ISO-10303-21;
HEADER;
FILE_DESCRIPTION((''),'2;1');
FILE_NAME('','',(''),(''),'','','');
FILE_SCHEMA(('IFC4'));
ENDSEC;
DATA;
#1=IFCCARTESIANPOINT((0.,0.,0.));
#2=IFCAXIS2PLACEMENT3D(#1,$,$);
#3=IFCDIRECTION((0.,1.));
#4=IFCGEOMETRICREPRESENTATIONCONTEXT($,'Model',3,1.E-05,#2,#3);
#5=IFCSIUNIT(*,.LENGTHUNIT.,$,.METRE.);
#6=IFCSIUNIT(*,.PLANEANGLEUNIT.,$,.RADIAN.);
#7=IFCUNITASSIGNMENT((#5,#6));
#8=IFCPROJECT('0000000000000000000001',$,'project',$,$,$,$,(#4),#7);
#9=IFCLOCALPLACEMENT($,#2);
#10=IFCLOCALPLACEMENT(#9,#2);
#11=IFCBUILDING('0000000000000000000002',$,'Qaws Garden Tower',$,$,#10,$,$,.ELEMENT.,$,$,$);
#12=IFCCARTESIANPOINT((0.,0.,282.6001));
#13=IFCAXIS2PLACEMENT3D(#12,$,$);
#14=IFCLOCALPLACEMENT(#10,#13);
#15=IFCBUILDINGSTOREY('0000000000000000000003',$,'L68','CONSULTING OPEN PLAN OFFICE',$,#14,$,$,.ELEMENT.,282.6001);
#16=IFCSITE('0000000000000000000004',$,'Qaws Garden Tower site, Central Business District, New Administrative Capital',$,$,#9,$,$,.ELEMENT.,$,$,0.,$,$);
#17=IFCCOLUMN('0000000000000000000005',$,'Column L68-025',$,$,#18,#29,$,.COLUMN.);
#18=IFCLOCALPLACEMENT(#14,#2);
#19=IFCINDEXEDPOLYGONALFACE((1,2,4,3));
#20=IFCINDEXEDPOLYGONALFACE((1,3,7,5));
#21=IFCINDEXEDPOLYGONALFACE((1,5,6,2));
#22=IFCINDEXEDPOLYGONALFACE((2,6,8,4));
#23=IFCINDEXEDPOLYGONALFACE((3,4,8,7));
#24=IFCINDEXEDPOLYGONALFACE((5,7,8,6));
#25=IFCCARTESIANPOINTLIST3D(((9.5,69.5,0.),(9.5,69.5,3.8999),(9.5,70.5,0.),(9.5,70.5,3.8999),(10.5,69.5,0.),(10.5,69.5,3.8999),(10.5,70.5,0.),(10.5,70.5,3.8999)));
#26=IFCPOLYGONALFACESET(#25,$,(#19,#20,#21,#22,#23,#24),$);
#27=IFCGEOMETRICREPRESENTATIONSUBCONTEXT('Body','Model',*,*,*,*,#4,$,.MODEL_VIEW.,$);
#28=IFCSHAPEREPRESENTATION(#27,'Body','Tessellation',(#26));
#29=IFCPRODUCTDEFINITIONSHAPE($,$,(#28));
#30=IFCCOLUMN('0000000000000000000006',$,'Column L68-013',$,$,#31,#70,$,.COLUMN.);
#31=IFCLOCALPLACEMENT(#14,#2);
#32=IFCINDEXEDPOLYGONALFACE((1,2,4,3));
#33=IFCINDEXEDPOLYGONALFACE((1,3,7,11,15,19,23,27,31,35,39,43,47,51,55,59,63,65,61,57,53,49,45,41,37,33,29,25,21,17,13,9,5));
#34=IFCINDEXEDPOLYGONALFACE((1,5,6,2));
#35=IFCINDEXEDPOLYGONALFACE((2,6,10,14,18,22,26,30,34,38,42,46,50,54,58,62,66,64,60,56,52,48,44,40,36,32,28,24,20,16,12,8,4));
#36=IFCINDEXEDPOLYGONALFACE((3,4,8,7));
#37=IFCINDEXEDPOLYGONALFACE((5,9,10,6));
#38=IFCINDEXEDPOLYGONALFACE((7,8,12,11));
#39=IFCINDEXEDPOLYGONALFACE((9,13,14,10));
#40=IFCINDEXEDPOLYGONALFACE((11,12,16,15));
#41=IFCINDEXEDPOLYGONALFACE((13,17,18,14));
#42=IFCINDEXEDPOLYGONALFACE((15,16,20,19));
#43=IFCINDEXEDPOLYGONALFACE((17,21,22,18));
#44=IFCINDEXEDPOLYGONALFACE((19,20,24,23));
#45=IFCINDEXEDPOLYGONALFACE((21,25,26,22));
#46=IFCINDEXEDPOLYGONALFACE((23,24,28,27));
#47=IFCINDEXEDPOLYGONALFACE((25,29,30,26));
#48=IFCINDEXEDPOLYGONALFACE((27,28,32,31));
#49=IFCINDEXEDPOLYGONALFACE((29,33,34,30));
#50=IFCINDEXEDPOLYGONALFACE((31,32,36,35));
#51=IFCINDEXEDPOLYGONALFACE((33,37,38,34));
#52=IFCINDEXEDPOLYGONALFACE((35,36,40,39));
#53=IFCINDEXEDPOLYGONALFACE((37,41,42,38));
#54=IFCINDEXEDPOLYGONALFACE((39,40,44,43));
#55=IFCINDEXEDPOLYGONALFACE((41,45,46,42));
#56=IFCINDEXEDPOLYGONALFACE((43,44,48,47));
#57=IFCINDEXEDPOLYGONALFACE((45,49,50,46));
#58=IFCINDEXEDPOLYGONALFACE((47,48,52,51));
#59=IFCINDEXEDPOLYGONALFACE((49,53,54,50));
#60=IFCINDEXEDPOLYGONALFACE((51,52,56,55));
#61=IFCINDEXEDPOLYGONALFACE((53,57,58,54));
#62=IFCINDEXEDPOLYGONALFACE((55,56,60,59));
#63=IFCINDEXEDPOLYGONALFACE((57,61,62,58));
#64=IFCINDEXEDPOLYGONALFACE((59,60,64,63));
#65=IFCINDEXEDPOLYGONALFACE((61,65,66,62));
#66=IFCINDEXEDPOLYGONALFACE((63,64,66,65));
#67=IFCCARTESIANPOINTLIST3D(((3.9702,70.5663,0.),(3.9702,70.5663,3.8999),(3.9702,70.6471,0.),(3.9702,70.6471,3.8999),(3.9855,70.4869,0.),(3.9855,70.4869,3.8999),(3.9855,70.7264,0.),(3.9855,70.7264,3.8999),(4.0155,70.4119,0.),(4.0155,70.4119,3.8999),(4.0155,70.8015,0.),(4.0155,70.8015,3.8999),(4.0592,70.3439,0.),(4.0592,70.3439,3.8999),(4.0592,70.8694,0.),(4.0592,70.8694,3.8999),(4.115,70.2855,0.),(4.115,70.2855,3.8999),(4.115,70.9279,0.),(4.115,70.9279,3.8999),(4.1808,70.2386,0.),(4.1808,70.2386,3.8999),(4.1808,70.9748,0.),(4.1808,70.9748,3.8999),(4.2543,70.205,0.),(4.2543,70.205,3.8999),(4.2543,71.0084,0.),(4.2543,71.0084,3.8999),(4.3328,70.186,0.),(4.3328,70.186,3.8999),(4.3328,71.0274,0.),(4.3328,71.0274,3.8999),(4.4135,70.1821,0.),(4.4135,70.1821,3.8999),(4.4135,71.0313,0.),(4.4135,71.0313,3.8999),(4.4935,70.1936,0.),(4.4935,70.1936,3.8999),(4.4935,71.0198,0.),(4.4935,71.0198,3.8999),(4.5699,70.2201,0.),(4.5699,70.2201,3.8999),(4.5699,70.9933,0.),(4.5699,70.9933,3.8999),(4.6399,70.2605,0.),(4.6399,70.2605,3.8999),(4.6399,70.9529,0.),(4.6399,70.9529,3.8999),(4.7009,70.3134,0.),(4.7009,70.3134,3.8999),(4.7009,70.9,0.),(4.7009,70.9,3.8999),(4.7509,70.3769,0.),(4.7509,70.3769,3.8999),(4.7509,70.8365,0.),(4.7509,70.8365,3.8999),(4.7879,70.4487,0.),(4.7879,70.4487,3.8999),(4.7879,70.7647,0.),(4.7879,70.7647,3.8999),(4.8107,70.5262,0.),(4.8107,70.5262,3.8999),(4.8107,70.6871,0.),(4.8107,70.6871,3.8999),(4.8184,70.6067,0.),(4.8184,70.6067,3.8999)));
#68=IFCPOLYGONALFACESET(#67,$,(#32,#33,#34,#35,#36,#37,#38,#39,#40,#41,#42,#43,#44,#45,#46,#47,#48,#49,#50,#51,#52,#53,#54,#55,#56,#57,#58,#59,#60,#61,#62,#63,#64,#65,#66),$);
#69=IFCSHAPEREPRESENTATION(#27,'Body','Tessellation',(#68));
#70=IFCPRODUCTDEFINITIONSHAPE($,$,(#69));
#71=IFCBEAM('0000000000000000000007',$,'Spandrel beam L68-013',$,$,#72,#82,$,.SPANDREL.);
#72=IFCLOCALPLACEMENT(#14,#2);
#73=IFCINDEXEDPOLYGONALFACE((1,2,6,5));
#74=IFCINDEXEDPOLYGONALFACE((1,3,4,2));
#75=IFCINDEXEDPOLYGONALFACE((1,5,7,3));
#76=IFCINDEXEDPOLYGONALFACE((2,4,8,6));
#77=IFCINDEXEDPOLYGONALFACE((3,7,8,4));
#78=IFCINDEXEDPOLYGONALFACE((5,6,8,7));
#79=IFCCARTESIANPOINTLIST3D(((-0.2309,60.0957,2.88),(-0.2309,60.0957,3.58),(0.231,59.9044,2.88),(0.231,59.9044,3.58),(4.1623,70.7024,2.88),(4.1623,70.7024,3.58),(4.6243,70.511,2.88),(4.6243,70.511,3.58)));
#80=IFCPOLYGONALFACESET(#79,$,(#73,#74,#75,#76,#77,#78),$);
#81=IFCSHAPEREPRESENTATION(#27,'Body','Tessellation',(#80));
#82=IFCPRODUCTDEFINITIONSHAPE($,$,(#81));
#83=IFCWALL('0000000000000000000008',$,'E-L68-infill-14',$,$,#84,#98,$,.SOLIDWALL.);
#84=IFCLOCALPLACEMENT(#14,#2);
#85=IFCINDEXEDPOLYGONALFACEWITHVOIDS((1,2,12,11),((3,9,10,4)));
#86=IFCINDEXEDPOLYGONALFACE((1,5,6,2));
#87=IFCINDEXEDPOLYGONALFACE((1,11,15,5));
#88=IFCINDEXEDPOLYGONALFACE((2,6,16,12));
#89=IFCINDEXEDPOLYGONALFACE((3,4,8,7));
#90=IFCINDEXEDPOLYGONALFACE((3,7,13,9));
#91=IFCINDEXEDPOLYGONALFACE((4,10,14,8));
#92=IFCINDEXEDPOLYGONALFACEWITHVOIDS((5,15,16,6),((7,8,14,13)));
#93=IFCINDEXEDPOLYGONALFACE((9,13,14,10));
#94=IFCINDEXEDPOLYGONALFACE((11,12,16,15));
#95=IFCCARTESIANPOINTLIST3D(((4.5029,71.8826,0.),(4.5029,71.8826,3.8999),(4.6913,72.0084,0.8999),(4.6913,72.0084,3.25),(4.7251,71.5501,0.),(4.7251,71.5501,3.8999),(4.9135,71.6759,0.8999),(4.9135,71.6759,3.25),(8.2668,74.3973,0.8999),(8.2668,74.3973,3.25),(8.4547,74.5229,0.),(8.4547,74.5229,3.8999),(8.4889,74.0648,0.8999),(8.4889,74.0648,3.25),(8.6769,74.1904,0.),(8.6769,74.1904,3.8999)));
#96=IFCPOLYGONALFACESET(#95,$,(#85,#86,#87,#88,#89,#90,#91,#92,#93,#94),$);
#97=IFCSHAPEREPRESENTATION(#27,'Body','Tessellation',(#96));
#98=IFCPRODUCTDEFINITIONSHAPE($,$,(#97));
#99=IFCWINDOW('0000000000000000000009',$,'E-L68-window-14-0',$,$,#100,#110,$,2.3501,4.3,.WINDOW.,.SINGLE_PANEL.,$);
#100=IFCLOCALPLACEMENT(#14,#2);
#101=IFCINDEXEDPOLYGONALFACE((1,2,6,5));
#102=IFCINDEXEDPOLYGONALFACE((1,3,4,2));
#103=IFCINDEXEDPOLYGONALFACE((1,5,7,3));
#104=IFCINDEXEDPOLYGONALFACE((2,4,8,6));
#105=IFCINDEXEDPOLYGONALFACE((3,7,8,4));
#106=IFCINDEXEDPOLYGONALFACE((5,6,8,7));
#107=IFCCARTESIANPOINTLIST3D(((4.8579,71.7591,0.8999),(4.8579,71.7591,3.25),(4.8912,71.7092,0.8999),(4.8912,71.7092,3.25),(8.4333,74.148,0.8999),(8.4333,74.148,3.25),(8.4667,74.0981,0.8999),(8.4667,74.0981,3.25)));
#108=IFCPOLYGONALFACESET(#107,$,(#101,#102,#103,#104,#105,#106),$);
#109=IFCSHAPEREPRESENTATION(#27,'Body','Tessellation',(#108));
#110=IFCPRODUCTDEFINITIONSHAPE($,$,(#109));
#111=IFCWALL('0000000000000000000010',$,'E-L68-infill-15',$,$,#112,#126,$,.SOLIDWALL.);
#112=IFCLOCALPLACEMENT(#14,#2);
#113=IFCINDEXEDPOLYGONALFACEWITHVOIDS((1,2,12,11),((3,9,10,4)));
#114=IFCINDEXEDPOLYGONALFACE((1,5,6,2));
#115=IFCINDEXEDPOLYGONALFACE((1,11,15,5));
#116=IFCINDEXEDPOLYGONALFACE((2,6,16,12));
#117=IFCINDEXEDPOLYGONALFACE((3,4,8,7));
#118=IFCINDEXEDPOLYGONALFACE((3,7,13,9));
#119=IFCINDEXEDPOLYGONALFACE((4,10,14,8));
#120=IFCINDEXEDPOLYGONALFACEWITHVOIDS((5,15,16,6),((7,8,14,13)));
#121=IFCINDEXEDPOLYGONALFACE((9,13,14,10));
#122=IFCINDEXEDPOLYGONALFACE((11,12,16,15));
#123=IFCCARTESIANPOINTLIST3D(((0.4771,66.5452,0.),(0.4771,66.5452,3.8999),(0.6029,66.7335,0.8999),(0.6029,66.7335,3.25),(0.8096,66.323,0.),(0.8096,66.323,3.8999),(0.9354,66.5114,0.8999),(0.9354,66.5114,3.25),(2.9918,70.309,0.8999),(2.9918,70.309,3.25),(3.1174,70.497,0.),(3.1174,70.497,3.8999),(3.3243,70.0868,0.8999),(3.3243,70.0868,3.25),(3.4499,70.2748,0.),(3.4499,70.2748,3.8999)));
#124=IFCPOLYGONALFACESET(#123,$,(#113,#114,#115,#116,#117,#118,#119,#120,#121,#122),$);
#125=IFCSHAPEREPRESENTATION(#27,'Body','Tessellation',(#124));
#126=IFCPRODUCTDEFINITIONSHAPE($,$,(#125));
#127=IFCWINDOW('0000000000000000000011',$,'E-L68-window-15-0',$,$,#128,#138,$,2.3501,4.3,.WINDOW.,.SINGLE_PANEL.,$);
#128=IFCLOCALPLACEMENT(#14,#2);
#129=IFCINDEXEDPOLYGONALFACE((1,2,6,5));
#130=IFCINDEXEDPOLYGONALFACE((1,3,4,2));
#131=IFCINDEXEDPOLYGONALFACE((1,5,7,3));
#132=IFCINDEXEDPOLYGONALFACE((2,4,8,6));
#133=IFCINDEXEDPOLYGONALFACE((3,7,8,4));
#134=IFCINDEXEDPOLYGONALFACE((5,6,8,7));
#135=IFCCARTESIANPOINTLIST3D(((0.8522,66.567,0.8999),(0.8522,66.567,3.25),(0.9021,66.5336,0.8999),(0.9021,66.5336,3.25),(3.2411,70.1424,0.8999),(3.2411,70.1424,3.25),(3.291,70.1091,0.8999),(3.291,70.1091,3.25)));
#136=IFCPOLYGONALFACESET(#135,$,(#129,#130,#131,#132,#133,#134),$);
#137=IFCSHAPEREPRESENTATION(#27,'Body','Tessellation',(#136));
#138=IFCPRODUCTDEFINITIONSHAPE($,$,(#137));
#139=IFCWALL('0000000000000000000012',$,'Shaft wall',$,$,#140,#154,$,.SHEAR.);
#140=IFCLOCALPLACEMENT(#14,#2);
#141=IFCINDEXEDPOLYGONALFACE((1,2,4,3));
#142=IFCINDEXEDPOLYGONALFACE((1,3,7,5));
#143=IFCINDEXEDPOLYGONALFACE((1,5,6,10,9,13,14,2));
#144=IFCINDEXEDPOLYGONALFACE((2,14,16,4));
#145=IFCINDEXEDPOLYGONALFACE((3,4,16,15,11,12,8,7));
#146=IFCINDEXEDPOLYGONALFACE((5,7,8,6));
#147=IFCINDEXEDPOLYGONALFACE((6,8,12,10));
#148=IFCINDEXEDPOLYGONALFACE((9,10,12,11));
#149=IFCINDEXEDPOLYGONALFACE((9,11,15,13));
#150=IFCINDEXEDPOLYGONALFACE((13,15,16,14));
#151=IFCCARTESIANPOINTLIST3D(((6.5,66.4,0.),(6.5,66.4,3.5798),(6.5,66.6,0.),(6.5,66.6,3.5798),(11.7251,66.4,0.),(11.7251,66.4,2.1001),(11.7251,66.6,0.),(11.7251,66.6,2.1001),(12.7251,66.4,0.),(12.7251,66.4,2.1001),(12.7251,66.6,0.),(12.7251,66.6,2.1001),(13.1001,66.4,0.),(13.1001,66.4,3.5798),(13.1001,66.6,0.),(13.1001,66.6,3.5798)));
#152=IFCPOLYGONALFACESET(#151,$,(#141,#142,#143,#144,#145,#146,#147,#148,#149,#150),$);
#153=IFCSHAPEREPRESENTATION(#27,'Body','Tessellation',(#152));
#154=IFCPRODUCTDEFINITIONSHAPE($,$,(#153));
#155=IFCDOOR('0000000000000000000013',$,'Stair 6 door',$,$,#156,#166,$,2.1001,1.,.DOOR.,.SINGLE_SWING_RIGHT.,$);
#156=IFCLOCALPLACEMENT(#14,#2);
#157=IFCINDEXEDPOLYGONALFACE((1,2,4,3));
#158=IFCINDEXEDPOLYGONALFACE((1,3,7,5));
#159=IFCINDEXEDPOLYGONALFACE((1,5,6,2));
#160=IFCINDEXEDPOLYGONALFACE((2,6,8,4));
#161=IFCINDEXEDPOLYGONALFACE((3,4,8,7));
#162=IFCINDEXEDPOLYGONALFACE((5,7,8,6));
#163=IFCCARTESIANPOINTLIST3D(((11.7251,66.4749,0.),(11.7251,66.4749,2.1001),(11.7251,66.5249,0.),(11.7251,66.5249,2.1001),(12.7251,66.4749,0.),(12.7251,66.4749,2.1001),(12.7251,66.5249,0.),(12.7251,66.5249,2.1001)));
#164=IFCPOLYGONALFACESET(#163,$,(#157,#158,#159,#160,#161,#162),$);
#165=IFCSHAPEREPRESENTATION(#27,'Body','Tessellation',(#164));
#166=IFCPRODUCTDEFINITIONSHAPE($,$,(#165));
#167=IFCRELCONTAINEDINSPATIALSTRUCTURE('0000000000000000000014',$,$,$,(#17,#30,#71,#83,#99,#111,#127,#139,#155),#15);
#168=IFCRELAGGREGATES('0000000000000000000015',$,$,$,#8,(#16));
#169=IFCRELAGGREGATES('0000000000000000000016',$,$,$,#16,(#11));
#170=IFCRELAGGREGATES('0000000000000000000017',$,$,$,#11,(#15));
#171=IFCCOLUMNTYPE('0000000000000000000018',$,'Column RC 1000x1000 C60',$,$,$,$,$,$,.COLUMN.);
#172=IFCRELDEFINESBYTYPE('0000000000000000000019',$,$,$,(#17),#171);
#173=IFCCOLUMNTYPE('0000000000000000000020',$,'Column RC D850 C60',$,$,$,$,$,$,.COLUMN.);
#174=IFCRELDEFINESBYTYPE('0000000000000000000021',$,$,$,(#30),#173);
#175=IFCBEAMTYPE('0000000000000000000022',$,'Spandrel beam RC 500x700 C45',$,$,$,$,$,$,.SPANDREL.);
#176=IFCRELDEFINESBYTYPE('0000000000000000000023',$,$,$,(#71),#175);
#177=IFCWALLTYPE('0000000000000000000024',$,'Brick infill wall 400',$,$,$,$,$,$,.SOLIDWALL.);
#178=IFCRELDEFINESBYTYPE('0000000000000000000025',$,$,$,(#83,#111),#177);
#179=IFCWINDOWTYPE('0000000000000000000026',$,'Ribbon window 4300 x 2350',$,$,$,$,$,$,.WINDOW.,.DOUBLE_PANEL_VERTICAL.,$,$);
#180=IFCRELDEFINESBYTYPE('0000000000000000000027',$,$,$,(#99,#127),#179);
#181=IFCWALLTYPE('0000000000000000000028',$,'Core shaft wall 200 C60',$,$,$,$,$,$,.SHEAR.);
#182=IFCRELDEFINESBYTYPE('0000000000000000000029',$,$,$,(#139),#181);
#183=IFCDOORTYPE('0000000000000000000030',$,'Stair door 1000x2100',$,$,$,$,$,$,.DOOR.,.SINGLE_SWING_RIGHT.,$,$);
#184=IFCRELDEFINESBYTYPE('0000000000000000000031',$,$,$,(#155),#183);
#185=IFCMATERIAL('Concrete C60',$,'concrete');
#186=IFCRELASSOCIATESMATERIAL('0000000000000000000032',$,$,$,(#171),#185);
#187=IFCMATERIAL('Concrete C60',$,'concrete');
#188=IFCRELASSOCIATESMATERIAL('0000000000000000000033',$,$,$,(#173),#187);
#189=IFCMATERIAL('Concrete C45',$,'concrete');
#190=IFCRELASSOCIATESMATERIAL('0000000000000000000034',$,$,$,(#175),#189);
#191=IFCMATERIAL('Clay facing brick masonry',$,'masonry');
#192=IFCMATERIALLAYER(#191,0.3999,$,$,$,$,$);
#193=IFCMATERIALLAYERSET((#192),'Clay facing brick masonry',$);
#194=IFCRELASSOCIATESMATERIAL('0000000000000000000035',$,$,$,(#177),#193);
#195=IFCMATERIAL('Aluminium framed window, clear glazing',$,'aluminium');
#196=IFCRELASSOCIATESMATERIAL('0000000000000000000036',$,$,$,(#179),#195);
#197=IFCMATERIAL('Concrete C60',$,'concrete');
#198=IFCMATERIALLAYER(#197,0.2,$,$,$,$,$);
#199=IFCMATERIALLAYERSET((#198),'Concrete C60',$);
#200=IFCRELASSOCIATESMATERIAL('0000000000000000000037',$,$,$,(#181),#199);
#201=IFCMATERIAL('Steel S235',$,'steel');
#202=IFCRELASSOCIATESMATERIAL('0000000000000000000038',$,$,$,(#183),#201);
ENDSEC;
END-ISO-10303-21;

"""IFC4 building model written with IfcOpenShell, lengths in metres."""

from ifc_helpers import new_model, si_unit, direction, frame, frame_2d, origin, origin_2d, place, context, subcontext, project, spatial, rectangle, circle, extrude, material, layer, layer_set, material_profile, profile_set, type_object, element, fill, save


model = new_model("IFC4")

# Units and contexts
model_context = context("Model", 3, precision=1e-05, world=origin(), true_north=direction((0.0, 1.0)))
body_context = subcontext(model_context, "Body", "Model", "MODEL_VIEW")
ifc_project = project(units=[si_unit("LENGTHUNIT", "METRE"), si_unit("PLANEANGLEUNIT", "RADIAN")], contexts=[model_context])

# Site, building, storey
site_placement = place(None, origin())
site = spatial("IfcSite", under=ifc_project, at=site_placement, Name="Qaws Garden Tower site, Central Business District, New Administrative Capital", CompositionType="ELEMENT", RefElevation=0.0)
building_placement = place(site_placement, origin())
building = spatial("IfcBuilding", under=site, at=building_placement, Name="Qaws Garden Tower", CompositionType="ELEMENT")
storey_placement = place(building_placement, frame((0.0, 0.0, 282.6001)))
storey = spatial("IfcBuildingStorey", under=building, at=storey_placement, Name="L68", Description="CONSULTING OPEN PLAN OFFICE", CompositionType="ELEMENT", Elevation=282.6001)

# Columns
ifc_material_1 = material(Name="Concrete C60", Category="concrete")
ifc_material_profile_1 = material_profile(ifc_material_1, rectangle(XDim=1.0, YDim=1.0, at=origin_2d()), Name="RC 1000x1000")
ifc_profile_set_1 = profile_set([ifc_material_profile_1], Name="Concrete C60")
column_type_1 = type_object("IfcColumnType", Name="Column RC 1000x1000 C60", PredefinedType="COLUMN", material=ifc_profile_set_1)
column_1_placement = place(storey_placement, frame((10.0, 70.0, 0.0), z_axis=(0.0, 0.0, 1.0), x_axis=(1.0, 0.0, 0.0)))
element("IfcColumn", 1, at=column_1_placement, inside=storey, type_object=column_type_1, Name="Column L68-025", PredefinedType="COLUMN", context=body_context, shape_type="SweptSolid", body=[
    extrude(rectangle(XDim=1.0, YDim=1.0, at=origin_2d()), origin(), (0.0, 0.0, 1.0), 3.8999),
])
ifc_material_2 = material(Name="Concrete C60", Category="concrete")
ifc_material_profile_2 = material_profile(ifc_material_2, circle(Radius=0.425, at=origin_2d()), Name="RC D850")
ifc_profile_set_2 = profile_set([ifc_material_profile_2], Name="Concrete C60")
column_type_2 = type_object("IfcColumnType", Name="Column RC D850 C60", PredefinedType="COLUMN", material=ifc_profile_set_2)
column_2_placement = place(storey_placement, frame((4.3933, 70.6067, 0.0), z_axis=(0.0, 0.0, 1.0), x_axis=(1.0, 0.0, 0.0)))
element("IfcColumn", 2, at=column_2_placement, inside=storey, type_object=column_type_2, Name="Column L68-013", PredefinedType="COLUMN", context=body_context, shape_type="SweptSolid", body=[
    extrude(circle(Radius=0.425, at=origin_2d()), origin(), (0.0, 0.0, 1.0), 3.8999),
])

# Beam
ifc_material_3 = material(Name="Concrete C45", Category="concrete")
ifc_material_profile_3 = material_profile(ifc_material_3, rectangle(XDim=0.5, YDim=0.7, at=origin_2d()), Name="RC 500x700")
ifc_profile_set_3 = profile_set([ifc_material_profile_3], Name="Concrete C45")
beam_type = type_object("IfcBeamType", Name="Spandrel beam RC 500x700 C45", PredefinedType="SPANDREL", material=ifc_profile_set_3)
beam_placement = place(storey_placement, frame((4.3933, 70.6067, 3.23), z_axis=(-0.382674, -0.923883, 0.0), x_axis=(0.923883, -0.382674, 0.0)))
element("IfcBeam", 3, at=beam_placement, inside=storey, type_object=beam_type, Name="Spandrel beam L68-013", PredefinedType="SPANDREL", context=body_context, shape_type="SweptSolid", body=[
    extrude(rectangle(XDim=0.5, YDim=0.7, at=origin_2d()), origin(), (0.0, 0.0, 1.0), 11.4805),
])

# Walls, openings, windows
ifc_material_4 = material(Name="Clay facing brick masonry", Category="masonry")
ifc_layer_1 = layer(ifc_material_4, 0.3999)
ifc_layer_set_1 = layer_set([ifc_layer_1], Name="Clay facing brick masonry")
wall_type_1 = type_object("IfcWallType", Name="Brick infill wall 400", PredefinedType="SOLIDWALL", material=ifc_layer_set_1)
wall_1_placement = place(storey_placement, frame((8.5659, 74.3567, 0.0), z_axis=(0.0, 0.0, 1.0), x_axis=(-0.831489, -0.555542, 0.0)))
wall_1 = element("IfcWall", 4, at=wall_1_placement, inside=storey, type_object=wall_type_1, Name="E-L68-infill-14", PredefinedType="SOLIDWALL", context=body_context, shape_type="SweptSolid", body=[
    extrude(rectangle(XDim=4.7527, YDim=0.3999, at=frame_2d((2.3765, 0.0))), origin(), (0.0, 0.0, 1.0), 3.8999),
])
opening_1_placement = place(wall_1_placement, frame((0.2263, 0.0, 0.8999)))
opening_1 = element("IfcOpeningElement", 5, at=opening_1_placement, cuts=wall_1, PredefinedType="OPENING", context=body_context, shape_type="SweptSolid", body=[
    extrude(rectangle(XDim=4.3, YDim=2.3501, at=frame_2d((2.1499, 1.175))), frame((0.0, 0.21, 0.0), z_axis=(0.0, -1.0, 0.0), x_axis=(1.0, 0.0, 0.0)), (0.0, 0.0, 1.0), 0.4199),
])
ifc_material_5 = material(Name="Aluminium framed window, clear glazing", Category="aluminium")
window_type = type_object("IfcWindowType", Name="Ribbon window 4300 x 2350", PartitioningType="DOUBLE_PANEL_VERTICAL", PredefinedType="WINDOW", material=ifc_material_5)
window_1_placement = place(opening_1_placement, origin())
window_1 = element("IfcWindow", 6, at=window_1_placement, inside=storey, type_object=window_type, Name="E-L68-window-14-0", OverallHeight=2.3501, OverallWidth=4.3, PartitioningType="SINGLE_PANEL", PredefinedType="WINDOW", context=body_context, shape_type="SweptSolid", body=[
    extrude(rectangle(XDim=4.3, YDim=2.3501, at=frame_2d((2.1499, 1.175))), frame((0.0, 0.1599, 0.0), z_axis=(0.0, -1.0, 0.0), x_axis=(1.0, 0.0, 0.0)), (0.0, 0.0, 1.0), 0.0601),
])
fill(opening_1, window_1)
wall_2_placement = place(storey_placement, frame((3.2837, 70.386, 0.0), z_axis=(0.0, 0.0, 1.0), x_axis=(-0.555542, -0.831489, 0.0)))
wall_2 = element("IfcWall", 7, at=wall_2_placement, inside=storey, type_object=wall_type_1, Name="E-L68-infill-15", PredefinedType="SOLIDWALL", context=body_context, shape_type="SweptSolid", body=[
    extrude(rectangle(XDim=4.7527, YDim=0.3999, at=frame_2d((2.3765, 0.0))), origin(), (0.0, 0.0, 1.0), 3.8999),
])
opening_2_placement = place(wall_2_placement, frame((0.2263, 0.0, 0.8999)))
opening_2 = element("IfcOpeningElement", 8, at=opening_2_placement, cuts=wall_2, PredefinedType="OPENING", context=body_context, shape_type="SweptSolid", body=[
    extrude(rectangle(XDim=4.3, YDim=2.3501, at=frame_2d((2.1499, 1.175))), frame((0.0, 0.21, 0.0), z_axis=(0.0, -1.0, 0.0), x_axis=(1.0, 0.0, 0.0)), (0.0, 0.0, 1.0), 0.4199),
])
window_2_placement = place(opening_2_placement, origin())
window_2 = element("IfcWindow", 9, at=window_2_placement, inside=storey, type_object=window_type, Name="E-L68-window-15-0", OverallHeight=2.3501, OverallWidth=4.3, PartitioningType="SINGLE_PANEL", PredefinedType="WINDOW", context=body_context, shape_type="SweptSolid", body=[
    extrude(rectangle(XDim=4.3, YDim=2.3501, at=frame_2d((2.1499, 1.175))), frame((0.0, 0.1599, 0.0), z_axis=(0.0, -1.0, 0.0), x_axis=(1.0, 0.0, 0.0)), (0.0, 0.0, 1.0), 0.0601),
])
fill(opening_2, window_2)

# Wall, opening, door
ifc_material_6 = material(Name="Concrete C60", Category="concrete")
ifc_layer_2 = layer(ifc_material_6, 0.2)
ifc_layer_set_2 = layer_set([ifc_layer_2], Name="Concrete C60")
wall_type_2 = type_object("IfcWallType", Name="Core shaft wall 200 C60", PredefinedType="SHEAR", material=ifc_layer_set_2)
wall_3_placement = place(storey_placement, frame((6.5, 66.5, 0.0), z_axis=(0.0, 0.0, 1.0), x_axis=(1.0, 0.0, 0.0)))
wall_3 = element("IfcWall", 10, at=wall_3_placement, inside=storey, type_object=wall_type_2, Name="Shaft wall", PredefinedType="SHEAR", context=body_context, shape_type="SweptSolid", body=[
    extrude(rectangle(XDim=6.6001, YDim=0.2, at=frame_2d((3.3, 0.0))), origin(), (0.0, 0.0, 1.0), 3.5798),
])
opening_3_placement = place(wall_3_placement, frame((5.2251, 0.0, 0.0)))
opening_3 = element("IfcOpeningElement", 11, at=opening_3_placement, cuts=wall_3, PredefinedType="OPENING", context=body_context, shape_type="SweptSolid", body=[
    extrude(rectangle(XDim=1.0, YDim=2.1001, at=frame_2d((0.5, 1.05))), frame((0.0, 0.1099, 0.0), z_axis=(0.0, -1.0, 0.0), x_axis=(1.0, 0.0, 0.0)), (0.0, 0.0, 1.0), 0.22),
])
ifc_material_7 = material(Name="Steel S235", Category="steel")
door_type = type_object("IfcDoorType", Name="Stair door 1000x2100", OperationType="SINGLE_SWING_RIGHT", PredefinedType="DOOR", material=ifc_material_7)
door_1_placement = place(opening_3_placement, origin())
door_1 = element("IfcDoor", 12, at=door_1_placement, inside=storey, type_object=door_type, Name="Stair 6 door", OperationType="SINGLE_SWING_RIGHT", OverallHeight=2.1001, OverallWidth=1.0, PredefinedType="DOOR", context=body_context, shape_type="SweptSolid", body=[
    extrude(rectangle(XDim=1.0, YDim=2.1001, at=frame_2d((0.5, 1.05))), frame((0.0, 0.0249, 0.0), z_axis=(0.0, -1.0, 0.0), x_axis=(1.0, 0.0, 0.0)), (0.0, 0.0, 1.0), 0.05),
])
fill(opening_3, door_1)

save(model, "model.ifc")
